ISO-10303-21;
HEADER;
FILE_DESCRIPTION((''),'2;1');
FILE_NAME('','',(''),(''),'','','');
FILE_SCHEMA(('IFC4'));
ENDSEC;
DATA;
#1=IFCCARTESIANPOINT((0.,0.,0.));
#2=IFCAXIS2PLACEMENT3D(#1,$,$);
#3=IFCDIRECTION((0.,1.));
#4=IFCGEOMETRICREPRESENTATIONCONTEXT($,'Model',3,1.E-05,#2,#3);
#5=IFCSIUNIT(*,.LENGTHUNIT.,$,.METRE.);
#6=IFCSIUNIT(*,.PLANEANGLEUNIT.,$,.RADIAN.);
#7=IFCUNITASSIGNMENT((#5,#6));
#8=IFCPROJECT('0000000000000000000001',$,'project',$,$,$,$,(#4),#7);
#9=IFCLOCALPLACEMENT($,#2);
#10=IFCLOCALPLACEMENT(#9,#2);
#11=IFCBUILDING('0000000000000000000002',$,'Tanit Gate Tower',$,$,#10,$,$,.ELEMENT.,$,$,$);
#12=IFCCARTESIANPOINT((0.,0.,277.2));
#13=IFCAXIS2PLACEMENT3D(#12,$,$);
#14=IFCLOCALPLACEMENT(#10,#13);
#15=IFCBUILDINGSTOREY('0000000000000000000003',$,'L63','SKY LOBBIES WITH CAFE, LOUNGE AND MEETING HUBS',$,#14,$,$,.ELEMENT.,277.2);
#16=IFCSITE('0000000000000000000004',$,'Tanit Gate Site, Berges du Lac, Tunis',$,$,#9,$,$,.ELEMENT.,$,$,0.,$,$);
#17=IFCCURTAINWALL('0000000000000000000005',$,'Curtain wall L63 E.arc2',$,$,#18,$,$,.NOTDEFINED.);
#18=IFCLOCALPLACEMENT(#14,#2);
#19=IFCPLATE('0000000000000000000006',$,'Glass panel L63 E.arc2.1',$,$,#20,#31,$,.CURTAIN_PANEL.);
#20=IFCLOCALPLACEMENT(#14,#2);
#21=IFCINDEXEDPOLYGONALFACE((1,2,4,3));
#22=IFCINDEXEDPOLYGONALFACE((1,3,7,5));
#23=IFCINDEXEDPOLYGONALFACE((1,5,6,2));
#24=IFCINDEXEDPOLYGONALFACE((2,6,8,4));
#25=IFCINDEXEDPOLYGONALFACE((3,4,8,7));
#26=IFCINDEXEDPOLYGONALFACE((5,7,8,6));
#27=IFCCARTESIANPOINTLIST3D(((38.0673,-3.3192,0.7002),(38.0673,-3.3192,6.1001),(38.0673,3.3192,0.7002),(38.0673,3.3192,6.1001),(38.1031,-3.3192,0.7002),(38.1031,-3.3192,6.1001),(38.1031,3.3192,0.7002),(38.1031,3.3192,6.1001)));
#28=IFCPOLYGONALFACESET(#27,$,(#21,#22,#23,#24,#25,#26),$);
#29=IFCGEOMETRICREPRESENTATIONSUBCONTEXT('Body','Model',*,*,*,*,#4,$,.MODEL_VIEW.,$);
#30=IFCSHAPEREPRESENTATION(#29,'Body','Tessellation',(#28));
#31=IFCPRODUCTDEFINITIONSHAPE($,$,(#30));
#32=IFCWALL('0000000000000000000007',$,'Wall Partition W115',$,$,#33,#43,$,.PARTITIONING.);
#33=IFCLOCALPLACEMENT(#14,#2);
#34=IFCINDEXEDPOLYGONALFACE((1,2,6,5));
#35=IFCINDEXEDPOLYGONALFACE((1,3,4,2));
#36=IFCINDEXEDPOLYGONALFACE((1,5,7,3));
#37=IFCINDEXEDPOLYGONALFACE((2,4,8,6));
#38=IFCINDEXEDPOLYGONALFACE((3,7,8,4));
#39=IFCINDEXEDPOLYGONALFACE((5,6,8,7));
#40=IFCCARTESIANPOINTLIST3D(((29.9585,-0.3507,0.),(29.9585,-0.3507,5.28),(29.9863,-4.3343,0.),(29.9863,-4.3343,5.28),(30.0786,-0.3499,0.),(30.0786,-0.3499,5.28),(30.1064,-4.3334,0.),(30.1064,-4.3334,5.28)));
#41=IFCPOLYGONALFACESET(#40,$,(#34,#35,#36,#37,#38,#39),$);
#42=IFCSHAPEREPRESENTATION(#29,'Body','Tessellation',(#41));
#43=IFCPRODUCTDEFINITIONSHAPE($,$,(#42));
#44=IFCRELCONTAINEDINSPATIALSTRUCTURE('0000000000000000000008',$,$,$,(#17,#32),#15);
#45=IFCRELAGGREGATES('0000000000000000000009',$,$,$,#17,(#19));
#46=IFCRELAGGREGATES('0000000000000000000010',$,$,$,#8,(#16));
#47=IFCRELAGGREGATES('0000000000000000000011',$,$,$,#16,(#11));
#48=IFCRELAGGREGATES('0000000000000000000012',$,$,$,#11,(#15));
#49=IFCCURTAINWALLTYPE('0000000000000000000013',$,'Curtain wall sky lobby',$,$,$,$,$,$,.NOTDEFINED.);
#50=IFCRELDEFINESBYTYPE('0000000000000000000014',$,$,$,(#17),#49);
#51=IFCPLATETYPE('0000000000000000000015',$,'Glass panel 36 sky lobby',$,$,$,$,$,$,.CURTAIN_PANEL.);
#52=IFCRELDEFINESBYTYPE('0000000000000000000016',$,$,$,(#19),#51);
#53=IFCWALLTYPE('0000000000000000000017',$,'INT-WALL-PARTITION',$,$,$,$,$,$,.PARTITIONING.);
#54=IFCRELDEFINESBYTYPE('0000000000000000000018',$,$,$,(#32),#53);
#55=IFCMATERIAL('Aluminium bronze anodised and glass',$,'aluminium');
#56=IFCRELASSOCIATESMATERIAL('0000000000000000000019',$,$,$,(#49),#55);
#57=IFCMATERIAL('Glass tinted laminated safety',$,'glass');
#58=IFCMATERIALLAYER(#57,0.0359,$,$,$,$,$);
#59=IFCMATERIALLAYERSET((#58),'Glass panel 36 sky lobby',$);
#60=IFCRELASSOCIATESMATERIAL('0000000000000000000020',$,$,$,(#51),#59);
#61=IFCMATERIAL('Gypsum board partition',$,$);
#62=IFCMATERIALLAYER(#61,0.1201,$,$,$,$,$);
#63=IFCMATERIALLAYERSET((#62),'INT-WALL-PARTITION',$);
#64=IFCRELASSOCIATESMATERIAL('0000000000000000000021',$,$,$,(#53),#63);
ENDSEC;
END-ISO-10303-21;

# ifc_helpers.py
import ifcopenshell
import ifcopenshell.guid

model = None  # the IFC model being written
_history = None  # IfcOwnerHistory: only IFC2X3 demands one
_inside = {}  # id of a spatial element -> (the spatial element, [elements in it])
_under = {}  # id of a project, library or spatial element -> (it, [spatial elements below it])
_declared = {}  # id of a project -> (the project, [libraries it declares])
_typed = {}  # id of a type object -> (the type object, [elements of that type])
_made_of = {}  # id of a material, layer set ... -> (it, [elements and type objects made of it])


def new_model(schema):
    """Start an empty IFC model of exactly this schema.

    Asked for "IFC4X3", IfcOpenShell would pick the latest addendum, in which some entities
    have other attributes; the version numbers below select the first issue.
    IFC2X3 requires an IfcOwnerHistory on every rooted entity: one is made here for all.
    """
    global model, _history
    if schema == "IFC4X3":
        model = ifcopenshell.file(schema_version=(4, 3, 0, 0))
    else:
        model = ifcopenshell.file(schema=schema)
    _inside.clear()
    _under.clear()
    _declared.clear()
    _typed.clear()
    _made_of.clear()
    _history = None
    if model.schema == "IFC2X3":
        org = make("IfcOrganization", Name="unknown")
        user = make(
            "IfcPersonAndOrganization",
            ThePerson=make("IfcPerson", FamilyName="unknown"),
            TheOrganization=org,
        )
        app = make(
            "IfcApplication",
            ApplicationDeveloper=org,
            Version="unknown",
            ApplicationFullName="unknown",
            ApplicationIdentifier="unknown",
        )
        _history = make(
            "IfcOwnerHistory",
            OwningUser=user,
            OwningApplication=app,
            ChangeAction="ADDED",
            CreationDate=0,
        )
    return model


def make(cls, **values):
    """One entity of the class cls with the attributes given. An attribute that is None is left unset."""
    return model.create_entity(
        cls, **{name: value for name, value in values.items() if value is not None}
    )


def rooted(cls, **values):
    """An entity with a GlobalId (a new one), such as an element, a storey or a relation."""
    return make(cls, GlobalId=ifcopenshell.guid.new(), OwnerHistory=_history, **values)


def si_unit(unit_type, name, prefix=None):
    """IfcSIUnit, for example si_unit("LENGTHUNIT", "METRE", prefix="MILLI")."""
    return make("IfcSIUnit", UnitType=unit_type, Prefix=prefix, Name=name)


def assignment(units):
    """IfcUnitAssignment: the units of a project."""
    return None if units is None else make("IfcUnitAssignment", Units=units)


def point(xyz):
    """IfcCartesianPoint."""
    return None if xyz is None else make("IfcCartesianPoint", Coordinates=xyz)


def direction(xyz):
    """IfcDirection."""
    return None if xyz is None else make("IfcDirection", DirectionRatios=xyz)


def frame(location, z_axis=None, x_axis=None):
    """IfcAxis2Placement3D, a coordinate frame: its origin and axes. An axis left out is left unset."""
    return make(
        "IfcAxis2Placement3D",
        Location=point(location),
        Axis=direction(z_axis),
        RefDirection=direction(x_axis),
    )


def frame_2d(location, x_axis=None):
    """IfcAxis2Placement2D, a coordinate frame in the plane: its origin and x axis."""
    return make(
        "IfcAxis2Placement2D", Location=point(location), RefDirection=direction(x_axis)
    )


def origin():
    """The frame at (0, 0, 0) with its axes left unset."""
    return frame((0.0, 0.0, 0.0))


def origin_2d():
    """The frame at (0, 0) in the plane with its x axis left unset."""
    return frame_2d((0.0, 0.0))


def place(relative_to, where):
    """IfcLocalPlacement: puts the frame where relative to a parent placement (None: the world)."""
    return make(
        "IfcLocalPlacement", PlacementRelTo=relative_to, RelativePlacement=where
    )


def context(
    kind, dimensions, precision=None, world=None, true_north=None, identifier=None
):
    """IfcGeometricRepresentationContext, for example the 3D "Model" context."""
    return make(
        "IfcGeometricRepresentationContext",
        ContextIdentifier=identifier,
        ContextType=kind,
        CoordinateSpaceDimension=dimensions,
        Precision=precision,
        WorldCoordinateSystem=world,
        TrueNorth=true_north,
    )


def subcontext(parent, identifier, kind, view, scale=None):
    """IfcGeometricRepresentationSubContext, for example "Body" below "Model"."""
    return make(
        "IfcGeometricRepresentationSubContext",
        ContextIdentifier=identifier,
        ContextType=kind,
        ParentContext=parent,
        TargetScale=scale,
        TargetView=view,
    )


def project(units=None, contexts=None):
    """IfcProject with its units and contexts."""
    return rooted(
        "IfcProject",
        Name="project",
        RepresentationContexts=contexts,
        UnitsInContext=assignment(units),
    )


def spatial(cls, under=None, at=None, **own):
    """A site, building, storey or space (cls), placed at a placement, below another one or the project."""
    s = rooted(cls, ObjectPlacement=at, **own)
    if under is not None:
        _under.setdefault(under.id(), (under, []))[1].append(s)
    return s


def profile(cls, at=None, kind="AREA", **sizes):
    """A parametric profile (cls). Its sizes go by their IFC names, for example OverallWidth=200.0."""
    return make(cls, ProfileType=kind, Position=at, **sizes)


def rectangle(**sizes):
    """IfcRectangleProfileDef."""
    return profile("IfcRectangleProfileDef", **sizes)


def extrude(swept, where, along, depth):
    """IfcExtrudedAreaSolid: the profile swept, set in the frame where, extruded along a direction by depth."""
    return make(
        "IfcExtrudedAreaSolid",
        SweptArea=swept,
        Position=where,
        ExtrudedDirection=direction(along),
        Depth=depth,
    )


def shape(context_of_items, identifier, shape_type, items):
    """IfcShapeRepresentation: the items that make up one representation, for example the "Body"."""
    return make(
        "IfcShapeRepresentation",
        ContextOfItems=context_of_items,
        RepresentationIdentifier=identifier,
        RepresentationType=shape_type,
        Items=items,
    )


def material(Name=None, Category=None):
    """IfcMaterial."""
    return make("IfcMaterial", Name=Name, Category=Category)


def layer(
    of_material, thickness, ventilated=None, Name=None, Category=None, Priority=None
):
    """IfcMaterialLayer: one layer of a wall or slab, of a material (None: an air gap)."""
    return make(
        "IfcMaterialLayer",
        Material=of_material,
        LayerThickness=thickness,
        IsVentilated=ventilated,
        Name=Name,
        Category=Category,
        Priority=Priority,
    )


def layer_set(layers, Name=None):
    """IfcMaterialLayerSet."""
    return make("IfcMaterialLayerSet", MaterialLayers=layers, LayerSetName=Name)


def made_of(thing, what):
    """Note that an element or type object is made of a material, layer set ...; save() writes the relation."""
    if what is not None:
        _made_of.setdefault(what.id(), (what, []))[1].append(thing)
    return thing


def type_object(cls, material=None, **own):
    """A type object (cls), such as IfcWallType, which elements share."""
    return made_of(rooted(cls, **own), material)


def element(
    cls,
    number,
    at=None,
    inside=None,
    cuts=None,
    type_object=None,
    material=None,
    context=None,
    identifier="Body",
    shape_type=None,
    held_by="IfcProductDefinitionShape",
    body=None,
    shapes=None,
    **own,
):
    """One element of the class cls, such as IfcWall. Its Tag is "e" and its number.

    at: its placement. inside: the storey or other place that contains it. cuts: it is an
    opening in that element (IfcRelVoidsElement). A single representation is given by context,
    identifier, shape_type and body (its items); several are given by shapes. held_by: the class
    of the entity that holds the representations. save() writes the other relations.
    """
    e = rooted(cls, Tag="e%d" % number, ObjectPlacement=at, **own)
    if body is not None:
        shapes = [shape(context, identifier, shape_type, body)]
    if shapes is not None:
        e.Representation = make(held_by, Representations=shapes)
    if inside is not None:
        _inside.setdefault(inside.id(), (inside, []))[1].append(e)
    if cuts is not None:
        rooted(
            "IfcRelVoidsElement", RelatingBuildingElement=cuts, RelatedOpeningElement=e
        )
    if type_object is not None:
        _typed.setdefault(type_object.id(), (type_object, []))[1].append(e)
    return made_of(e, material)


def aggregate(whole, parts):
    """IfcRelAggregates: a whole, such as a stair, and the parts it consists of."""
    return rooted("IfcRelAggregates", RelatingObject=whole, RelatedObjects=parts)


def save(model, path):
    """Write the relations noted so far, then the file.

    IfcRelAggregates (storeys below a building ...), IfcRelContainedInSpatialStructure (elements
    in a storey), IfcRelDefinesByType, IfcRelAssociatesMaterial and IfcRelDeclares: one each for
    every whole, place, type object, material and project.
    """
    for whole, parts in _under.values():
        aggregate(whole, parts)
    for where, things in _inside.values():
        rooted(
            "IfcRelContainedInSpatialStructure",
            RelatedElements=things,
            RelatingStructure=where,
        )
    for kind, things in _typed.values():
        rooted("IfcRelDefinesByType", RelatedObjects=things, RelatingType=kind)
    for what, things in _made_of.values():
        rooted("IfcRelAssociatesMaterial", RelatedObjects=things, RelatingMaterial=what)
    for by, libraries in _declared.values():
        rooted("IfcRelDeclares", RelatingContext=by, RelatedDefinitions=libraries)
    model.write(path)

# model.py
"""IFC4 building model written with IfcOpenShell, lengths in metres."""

from ifc_helpers import new_model, si_unit, direction, frame, frame_2d, origin, origin_2d, place, context, subcontext, project, spatial, rectangle, extrude, material, layer, layer_set, type_object, element, aggregate, save


model = new_model("IFC4")

# Units and contexts
model_context = context("Model", 3, precision=1e-05, world=origin(), true_north=direction((0.0, 1.0)))
body_context = subcontext(model_context, "Body", "Model", "MODEL_VIEW")
ifc_project = project(units=[si_unit("LENGTHUNIT", "METRE"), si_unit("PLANEANGLEUNIT", "RADIAN")], contexts=[model_context])

# Site, building, storey
site_placement = place(None, origin())
site = spatial("IfcSite", under=ifc_project, at=site_placement, Name="Tanit Gate Site, Berges du Lac, Tunis", CompositionType="ELEMENT", RefElevation=0.0)
building_placement = place(site_placement, origin())
building = spatial("IfcBuilding", under=site, at=building_placement, Name="Tanit Gate Tower", CompositionType="ELEMENT")
storey_placement = place(building_placement, frame((0.0, 0.0, 277.2)))
storey = spatial("IfcBuildingStorey", under=building, at=storey_placement, Name="L63", Description="SKY LOBBIES WITH CAFE, LOUNGE AND MEETING HUBS", CompositionType="ELEMENT", Elevation=277.2)

# Shared definitions
ifc_material_1 = material(Name="Aluminium bronze anodised and glass", Category="aluminium")
curtain_wall_type = type_object("IfcCurtainWallType", Name="Curtain wall sky lobby", PredefinedType="NOTDEFINED", material=ifc_material_1)

# Curtain wall
curtain_wall_1_placement = place(storey_placement, origin())
curtain_wall_1 = element("IfcCurtainWall", 1, at=curtain_wall_1_placement, inside=storey, type_object=curtain_wall_type, Name="Curtain wall L63 E.arc2", PredefinedType="NOTDEFINED")

# Plate
ifc_material_2 = material(Name="Glass tinted laminated safety", Category="glass")
ifc_layer_1 = layer(ifc_material_2, 0.0359)
ifc_layer_set_1 = layer_set([ifc_layer_1], Name="Glass panel 36 sky lobby")
plate_type = type_object("IfcPlateType", Name="Glass panel 36 sky lobby", PredefinedType="CURTAIN_PANEL", material=ifc_layer_set_1)
plate_1_placement = place(storey_placement, frame((38.0852, 0.0, 0.7002), z_axis=(0.0, 0.0, 1.0), x_axis=(0.0, 1.0, 0.0)))
plate_1 = element("IfcPlate", 2, at=plate_1_placement, type_object=plate_type, Name="Glass panel L63 E.arc2.1", PredefinedType="CURTAIN_PANEL", context=body_context, shape_type="SweptSolid", body=[
    extrude(rectangle(XDim=6.6384, YDim=0.0359, at=origin_2d()), origin(), (0.0, 0.0, 1.0), 5.3999),
])
aggregate(curtain_wall_1, [plate_1])

# Wall
ifc_material_3 = material(Name="Gypsum board partition")
ifc_layer_2 = layer(ifc_material_3, 0.1201)
ifc_layer_set_2 = layer_set([ifc_layer_2], Name="INT-WALL-PARTITION")
wall_type = type_object("IfcWallType", Name="INT-WALL-PARTITION", PredefinedType="PARTITIONING", material=ifc_layer_set_2)
wall_placement = place(storey_placement, frame((30.0464, -4.3337, 0.0), z_axis=(0.0, 0.0, 1.0), x_axis=(-0.006986, 0.999976, 0.0)))
element("IfcWall", 3, at=wall_placement, inside=storey, type_object=wall_type, Name="Wall Partition W115", PredefinedType="PARTITIONING", context=body_context, shape_type="SweptSolid", body=[
    extrude(rectangle(XDim=3.9836, YDim=0.1201, at=frame_2d((1.9917, 0.0))), origin(), (0.0, 0.0, 1.0), 5.28),
])

save(model, "model.ifc")
